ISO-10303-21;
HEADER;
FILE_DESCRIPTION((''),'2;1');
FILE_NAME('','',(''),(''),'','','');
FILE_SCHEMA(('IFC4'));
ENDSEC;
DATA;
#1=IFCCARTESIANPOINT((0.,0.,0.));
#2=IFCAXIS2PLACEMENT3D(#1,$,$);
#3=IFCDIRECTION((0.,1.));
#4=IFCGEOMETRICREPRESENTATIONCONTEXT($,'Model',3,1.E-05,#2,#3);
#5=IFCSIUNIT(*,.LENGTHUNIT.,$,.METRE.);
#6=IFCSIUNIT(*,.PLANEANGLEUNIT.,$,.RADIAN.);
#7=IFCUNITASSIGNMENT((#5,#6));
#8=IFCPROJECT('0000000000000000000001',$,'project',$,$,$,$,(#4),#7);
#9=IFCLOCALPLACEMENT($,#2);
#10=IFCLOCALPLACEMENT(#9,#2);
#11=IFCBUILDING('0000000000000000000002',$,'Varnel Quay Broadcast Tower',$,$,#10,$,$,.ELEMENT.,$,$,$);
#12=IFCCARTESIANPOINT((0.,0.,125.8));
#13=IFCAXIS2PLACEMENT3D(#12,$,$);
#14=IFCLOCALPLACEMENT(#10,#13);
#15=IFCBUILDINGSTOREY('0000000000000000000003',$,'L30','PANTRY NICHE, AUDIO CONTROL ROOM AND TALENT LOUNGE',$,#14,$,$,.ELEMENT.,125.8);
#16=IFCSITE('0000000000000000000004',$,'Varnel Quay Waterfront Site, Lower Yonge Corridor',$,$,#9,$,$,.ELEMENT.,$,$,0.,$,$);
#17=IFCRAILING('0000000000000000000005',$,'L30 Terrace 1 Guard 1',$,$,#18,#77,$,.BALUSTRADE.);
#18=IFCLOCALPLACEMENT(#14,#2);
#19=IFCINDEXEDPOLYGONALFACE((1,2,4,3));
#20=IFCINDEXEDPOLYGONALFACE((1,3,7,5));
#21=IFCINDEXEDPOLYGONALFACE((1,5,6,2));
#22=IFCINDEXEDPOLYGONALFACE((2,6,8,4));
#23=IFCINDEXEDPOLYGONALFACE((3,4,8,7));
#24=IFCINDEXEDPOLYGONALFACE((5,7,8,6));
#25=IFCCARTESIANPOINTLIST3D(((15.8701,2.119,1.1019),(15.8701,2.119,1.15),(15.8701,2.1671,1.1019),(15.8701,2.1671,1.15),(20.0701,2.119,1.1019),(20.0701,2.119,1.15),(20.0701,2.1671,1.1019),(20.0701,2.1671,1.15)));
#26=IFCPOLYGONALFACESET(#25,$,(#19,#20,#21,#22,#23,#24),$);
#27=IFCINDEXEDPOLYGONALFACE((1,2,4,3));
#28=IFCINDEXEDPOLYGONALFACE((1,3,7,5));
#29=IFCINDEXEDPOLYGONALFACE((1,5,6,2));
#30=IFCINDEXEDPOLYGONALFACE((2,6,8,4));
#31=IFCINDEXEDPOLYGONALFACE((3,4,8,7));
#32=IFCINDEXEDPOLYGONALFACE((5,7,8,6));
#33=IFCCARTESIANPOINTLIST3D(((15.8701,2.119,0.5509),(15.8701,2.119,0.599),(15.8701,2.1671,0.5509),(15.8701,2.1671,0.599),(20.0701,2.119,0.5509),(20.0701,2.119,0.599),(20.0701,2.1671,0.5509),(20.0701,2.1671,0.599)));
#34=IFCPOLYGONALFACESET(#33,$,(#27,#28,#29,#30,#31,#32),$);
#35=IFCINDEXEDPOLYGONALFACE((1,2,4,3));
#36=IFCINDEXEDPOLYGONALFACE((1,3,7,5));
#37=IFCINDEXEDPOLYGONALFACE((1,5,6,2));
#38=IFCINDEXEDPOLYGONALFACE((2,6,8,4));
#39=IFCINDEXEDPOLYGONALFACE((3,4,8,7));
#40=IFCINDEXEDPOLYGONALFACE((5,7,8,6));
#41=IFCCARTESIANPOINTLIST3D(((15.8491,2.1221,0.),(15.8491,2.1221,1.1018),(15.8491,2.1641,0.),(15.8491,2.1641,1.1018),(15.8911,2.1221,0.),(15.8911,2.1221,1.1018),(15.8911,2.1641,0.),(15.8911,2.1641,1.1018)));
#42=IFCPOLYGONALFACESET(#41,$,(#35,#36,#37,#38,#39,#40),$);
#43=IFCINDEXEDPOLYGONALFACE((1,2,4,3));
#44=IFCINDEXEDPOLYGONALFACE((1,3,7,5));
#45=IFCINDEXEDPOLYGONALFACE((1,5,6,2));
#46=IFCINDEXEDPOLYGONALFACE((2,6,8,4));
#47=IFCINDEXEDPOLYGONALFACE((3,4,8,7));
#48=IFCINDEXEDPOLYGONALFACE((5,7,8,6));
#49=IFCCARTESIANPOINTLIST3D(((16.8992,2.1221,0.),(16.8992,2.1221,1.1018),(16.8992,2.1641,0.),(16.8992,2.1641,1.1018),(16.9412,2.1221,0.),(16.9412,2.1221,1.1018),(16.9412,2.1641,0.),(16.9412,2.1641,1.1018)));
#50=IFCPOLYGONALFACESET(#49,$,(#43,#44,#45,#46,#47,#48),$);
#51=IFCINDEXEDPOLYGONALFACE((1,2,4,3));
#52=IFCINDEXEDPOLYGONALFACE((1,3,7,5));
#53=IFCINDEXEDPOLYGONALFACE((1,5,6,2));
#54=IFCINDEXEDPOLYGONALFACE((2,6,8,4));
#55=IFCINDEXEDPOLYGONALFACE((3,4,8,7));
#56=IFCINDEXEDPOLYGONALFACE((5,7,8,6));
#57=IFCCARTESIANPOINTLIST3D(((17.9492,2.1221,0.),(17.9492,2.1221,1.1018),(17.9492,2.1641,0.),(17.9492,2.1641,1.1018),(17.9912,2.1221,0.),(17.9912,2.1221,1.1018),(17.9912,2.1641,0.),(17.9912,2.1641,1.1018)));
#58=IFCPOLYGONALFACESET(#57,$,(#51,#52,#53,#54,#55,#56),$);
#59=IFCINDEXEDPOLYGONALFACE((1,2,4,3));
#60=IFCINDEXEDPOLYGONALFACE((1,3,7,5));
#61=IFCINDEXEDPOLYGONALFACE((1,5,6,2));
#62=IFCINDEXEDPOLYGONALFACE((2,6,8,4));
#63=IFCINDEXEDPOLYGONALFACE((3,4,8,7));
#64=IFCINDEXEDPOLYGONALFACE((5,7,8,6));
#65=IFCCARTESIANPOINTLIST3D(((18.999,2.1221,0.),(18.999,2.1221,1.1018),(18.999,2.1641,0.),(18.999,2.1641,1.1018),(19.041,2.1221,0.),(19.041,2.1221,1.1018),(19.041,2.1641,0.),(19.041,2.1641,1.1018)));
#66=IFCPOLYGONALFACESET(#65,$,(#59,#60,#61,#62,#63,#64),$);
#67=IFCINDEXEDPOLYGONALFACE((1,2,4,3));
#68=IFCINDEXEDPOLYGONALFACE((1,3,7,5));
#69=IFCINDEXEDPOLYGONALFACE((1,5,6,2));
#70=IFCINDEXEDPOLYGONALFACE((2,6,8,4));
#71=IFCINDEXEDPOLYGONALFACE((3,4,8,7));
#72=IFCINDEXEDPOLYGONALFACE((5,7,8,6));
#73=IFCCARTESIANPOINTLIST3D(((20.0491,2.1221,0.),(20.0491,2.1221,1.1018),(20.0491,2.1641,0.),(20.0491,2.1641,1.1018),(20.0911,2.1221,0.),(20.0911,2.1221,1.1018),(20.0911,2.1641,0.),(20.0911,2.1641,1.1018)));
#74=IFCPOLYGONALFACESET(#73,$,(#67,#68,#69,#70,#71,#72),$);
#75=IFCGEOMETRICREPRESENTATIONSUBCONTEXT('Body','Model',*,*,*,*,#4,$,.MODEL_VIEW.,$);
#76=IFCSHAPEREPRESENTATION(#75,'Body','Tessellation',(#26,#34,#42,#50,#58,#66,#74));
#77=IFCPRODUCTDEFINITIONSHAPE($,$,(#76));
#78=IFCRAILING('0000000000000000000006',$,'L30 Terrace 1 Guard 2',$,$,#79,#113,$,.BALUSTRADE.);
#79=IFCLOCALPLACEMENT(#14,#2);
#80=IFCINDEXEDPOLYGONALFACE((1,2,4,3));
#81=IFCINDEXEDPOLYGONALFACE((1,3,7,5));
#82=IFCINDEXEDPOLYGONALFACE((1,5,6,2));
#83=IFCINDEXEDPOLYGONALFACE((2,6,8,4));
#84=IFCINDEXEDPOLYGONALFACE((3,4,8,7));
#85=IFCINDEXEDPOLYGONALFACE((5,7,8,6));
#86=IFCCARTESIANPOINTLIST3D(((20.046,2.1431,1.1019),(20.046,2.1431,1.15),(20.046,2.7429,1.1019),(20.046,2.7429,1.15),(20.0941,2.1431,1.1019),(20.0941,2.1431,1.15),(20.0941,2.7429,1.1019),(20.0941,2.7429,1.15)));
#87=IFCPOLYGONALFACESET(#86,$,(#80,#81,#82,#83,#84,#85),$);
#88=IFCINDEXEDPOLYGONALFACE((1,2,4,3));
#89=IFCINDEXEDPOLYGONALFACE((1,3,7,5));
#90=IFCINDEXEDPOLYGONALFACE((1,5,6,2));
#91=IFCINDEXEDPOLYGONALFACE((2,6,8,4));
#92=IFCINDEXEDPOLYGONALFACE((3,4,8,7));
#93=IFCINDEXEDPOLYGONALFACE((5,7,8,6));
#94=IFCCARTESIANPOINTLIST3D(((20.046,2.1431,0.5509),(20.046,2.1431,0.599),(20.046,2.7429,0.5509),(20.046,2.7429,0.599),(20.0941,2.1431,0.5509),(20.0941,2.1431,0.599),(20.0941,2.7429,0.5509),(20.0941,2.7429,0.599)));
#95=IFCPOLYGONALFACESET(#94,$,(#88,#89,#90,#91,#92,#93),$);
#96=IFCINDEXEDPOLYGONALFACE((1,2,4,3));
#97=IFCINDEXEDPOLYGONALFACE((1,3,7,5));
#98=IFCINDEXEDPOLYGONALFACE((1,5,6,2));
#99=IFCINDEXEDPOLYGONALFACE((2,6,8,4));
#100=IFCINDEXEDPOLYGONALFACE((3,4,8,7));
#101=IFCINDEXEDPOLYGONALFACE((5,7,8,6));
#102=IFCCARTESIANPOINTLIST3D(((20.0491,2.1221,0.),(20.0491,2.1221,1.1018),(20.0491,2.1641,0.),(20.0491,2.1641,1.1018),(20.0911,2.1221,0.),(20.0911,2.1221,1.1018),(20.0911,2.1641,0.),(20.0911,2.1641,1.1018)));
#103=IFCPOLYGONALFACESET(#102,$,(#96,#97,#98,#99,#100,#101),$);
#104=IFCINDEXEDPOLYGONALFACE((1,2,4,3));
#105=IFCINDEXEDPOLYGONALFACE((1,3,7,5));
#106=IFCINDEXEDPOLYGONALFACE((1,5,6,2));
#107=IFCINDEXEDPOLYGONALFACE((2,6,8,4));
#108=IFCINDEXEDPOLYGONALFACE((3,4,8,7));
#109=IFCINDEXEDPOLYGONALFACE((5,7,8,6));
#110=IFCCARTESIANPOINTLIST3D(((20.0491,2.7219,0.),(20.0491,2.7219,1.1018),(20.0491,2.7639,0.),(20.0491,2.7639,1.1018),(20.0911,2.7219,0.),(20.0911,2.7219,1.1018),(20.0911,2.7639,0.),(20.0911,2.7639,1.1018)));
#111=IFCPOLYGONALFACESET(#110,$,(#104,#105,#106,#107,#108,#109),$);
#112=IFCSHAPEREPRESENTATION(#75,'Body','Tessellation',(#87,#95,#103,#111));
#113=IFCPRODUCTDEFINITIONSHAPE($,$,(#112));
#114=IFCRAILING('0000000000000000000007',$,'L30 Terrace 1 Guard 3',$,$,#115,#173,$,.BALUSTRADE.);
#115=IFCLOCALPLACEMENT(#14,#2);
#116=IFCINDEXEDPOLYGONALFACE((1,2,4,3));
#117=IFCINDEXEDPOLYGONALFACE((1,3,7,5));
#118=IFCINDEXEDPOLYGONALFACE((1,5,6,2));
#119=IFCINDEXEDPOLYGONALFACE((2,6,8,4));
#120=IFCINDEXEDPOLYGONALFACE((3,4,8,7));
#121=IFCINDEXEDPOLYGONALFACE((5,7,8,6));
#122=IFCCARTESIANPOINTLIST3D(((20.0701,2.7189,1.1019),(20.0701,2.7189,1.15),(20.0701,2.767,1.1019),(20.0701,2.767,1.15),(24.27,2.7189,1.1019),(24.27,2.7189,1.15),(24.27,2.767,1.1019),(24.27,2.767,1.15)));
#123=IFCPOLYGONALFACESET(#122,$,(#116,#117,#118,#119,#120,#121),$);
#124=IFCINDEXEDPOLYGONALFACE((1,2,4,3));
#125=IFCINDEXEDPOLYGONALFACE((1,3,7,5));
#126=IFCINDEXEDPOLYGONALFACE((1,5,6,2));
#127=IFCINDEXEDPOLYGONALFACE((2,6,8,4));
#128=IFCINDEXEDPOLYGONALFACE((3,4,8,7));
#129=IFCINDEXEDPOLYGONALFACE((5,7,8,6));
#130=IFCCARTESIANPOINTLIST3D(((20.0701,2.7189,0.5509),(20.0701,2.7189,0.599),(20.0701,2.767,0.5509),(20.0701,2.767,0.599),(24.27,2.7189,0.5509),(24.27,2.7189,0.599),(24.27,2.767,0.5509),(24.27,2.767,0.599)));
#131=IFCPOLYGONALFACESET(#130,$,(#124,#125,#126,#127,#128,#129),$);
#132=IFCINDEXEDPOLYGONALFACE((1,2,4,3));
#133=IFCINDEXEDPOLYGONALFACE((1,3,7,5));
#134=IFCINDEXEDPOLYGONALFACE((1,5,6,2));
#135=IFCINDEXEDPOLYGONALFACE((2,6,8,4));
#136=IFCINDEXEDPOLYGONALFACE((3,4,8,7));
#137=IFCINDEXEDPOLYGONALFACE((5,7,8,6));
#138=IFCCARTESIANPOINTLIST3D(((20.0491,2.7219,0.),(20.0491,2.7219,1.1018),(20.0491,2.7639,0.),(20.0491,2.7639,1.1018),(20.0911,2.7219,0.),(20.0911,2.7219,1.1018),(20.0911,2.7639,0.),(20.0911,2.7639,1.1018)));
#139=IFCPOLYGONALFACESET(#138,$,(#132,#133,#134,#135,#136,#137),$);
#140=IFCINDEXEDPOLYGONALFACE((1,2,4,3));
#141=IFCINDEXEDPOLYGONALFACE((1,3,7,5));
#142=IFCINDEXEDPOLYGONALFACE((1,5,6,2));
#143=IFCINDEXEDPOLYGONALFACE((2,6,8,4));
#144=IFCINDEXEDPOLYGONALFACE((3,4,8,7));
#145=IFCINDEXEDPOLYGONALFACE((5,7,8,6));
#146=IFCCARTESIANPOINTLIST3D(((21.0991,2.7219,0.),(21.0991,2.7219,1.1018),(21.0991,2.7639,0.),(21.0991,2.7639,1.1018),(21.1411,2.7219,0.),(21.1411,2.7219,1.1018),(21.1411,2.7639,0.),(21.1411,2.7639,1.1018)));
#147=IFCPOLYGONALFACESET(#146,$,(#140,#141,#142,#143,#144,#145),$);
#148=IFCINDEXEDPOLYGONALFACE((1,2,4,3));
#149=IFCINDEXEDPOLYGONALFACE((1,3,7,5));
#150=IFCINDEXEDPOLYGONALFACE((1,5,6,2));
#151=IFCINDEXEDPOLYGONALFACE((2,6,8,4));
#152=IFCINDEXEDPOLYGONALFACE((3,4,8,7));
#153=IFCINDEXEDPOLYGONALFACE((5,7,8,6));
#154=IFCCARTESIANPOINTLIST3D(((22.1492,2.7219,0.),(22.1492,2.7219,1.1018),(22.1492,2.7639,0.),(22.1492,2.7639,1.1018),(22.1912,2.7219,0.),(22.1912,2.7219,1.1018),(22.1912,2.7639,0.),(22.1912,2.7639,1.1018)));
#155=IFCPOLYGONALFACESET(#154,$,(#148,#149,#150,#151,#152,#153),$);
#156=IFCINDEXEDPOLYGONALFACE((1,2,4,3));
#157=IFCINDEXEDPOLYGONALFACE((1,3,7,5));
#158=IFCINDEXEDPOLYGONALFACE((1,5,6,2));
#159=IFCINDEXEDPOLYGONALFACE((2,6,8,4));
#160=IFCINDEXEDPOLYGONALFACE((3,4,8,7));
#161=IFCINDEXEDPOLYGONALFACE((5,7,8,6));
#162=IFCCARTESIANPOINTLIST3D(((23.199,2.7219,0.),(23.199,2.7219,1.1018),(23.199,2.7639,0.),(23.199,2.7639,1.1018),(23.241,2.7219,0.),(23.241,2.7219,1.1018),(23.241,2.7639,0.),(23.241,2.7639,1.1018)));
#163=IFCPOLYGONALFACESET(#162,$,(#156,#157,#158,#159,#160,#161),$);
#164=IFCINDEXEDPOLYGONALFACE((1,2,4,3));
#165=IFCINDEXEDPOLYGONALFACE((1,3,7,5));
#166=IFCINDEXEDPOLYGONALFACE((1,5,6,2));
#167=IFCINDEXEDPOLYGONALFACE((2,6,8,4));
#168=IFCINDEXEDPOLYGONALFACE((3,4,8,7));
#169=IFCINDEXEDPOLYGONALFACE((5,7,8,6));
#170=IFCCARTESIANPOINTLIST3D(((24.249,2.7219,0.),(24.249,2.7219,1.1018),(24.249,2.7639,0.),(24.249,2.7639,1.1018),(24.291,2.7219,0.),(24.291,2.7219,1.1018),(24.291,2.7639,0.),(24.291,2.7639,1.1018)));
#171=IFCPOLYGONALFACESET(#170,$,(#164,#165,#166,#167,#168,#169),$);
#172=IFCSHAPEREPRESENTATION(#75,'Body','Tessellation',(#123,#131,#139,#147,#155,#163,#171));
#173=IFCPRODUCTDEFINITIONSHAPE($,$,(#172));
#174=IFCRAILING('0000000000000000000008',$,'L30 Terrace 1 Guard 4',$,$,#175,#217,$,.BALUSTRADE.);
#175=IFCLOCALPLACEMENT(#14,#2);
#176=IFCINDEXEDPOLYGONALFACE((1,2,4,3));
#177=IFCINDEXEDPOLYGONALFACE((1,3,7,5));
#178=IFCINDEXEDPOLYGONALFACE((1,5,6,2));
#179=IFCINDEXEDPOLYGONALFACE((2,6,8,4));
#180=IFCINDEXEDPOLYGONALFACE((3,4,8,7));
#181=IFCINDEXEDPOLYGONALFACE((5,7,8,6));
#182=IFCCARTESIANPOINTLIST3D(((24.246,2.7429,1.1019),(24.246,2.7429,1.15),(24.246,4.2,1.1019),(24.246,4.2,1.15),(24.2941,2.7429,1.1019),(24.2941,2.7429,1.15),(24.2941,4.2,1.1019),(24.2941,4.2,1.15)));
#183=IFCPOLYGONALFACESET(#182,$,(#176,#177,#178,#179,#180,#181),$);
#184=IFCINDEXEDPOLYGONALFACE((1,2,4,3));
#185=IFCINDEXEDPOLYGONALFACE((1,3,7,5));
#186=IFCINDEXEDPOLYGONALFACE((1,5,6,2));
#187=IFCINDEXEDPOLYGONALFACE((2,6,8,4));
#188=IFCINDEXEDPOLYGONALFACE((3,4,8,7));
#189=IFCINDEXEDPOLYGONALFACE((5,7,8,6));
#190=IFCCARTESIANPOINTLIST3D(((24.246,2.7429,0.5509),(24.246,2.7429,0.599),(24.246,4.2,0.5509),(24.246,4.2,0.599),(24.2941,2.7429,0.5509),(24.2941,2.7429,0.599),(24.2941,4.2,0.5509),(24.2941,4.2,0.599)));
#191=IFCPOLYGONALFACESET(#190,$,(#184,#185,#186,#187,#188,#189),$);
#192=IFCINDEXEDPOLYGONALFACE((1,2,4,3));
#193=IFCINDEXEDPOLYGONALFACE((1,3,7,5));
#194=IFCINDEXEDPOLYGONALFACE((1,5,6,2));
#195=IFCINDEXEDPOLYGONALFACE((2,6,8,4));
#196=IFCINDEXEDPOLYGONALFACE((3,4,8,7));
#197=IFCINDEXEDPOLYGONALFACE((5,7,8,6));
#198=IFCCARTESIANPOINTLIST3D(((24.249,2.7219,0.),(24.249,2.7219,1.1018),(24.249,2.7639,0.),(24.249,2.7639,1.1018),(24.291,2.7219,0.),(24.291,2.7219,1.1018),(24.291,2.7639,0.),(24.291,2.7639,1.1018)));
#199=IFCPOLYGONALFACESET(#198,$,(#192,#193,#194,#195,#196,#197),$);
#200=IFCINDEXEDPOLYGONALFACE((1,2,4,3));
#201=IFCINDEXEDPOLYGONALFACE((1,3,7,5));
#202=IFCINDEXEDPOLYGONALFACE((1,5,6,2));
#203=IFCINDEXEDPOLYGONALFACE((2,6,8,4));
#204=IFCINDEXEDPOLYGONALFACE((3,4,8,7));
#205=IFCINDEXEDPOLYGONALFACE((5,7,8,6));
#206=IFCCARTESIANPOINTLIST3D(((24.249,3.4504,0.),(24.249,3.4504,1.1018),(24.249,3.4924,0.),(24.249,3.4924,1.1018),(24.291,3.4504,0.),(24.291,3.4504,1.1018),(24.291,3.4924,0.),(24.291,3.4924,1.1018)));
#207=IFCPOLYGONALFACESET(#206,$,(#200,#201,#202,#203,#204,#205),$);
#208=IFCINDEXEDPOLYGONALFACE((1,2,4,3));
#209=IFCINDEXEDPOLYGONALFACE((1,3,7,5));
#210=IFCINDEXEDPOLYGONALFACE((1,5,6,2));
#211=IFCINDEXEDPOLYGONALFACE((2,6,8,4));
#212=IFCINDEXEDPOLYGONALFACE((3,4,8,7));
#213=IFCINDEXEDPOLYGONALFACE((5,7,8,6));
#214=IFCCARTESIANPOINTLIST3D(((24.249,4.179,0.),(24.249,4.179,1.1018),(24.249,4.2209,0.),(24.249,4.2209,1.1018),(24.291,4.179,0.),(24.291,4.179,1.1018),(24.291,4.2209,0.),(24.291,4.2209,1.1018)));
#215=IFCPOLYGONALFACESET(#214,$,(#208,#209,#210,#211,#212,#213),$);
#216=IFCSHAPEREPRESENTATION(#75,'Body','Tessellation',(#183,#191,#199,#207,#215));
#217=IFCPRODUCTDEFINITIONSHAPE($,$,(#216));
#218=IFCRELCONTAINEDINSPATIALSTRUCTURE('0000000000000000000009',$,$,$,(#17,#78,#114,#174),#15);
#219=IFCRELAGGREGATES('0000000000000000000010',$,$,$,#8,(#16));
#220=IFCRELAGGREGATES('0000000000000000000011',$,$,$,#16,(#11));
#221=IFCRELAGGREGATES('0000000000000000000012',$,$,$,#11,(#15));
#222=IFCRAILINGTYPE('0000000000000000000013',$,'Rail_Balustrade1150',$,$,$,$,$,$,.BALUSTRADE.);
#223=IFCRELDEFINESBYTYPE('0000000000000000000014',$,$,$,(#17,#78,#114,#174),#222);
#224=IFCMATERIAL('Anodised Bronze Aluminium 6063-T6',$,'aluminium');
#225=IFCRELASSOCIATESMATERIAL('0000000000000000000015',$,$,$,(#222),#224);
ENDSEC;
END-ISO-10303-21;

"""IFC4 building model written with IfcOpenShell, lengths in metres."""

from ifc_helpers import new_model, si_unit, direction, frame, origin, origin_2d, place, context, subcontext, project, spatial, rectangle, extrude, material, type_object, element, save


model = new_model("IFC4")

# Units and contexts
model_context = context("Model", 3, precision=1e-05, world=origin(), true_north=direction((0.0, 1.0)))
body_context = subcontext(model_context, "Body", "Model", "MODEL_VIEW")
ifc_project = project(units=[si_unit("LENGTHUNIT", "METRE"), si_unit("PLANEANGLEUNIT", "RADIAN")], contexts=[model_context])

# Site, building, storey
site_placement = place(None, origin())
site = spatial("IfcSite", under=ifc_project, at=site_placement, Name="Varnel Quay Waterfront Site, Lower Yonge Corridor", CompositionType="ELEMENT", RefElevation=0.0)
building_placement = place(site_placement, origin())
building = spatial("IfcBuilding", under=site, at=building_placement, Name="Varnel Quay Broadcast Tower", CompositionType="ELEMENT")
storey_placement = place(building_placement, frame((0.0, 0.0, 125.8)))
storey = spatial("IfcBuildingStorey", under=building, at=storey_placement, Name="L30", Description="PANTRY NICHE, AUDIO CONTROL ROOM AND TALENT LOUNGE", CompositionType="ELEMENT", Elevation=125.8)

# Shared definitions
ifc_material_1 = material(Name="Anodised Bronze Aluminium 6063-T6", Category="aluminium")

# Railings
railing_type = type_object("IfcRailingType", Name="Rail_Balustrade1150", PredefinedType="BALUSTRADE", material=ifc_material_1)
railing_1_placement = place(storey_placement, frame((15.8701, 2.1431, 0.0)))
element("IfcRailing", 1, at=railing_1_placement, inside=storey, type_object=railing_type, Name="L30 Terrace 1 Guard 1", PredefinedType="BALUSTRADE", context=body_context, shape_type="SweptSolid", body=[
    extrude(rectangle(XDim=0.0481, YDim=0.0481, at=origin_2d()), frame((0.0, 0.0, 1.126), z_axis=(1.0, 0.0, 0.0), x_axis=(0.0, 1.0, 0.0)), (0.0, 0.0, 1.0), 4.2),
    extrude(rectangle(XDim=0.0481, YDim=0.0481, at=origin_2d()), frame((0.0, 0.0, 0.575), z_axis=(1.0, 0.0, 0.0), x_axis=(0.0, 1.0, 0.0)), (0.0, 0.0, 1.0), 4.2),
    extrude(rectangle(XDim=0.042, YDim=0.042, at=origin_2d()), origin(), (0.0, 0.0, 1.0), 1.1018),
    extrude(rectangle(XDim=0.042, YDim=0.042, at=origin_2d()), frame((1.05, 0.0, 0.0)), (0.0, 0.0, 1.0), 1.1018),
    extrude(rectangle(XDim=0.042, YDim=0.042, at=origin_2d()), frame((2.1001, 0.0, 0.0)), (0.0, 0.0, 1.0), 1.1018),
    extrude(rectangle(XDim=0.042, YDim=0.042, at=origin_2d()), frame((3.1499, 0.0, 0.0)), (0.0, 0.0, 1.0), 1.1018),
    extrude(rectangle(XDim=0.042, YDim=0.042, at=origin_2d()), frame((4.2, 0.0, 0.0)), (0.0, 0.0, 1.0), 1.1018),
])
railing_2_placement = place(storey_placement, frame((20.0701, 2.1431, 0.0)))
element("IfcRailing", 2, at=railing_2_placement, inside=storey, type_object=railing_type, Name="L30 Terrace 1 Guard 2", PredefinedType="BALUSTRADE", context=body_context, shape_type="SweptSolid", body=[
    extrude(rectangle(XDim=0.0481, YDim=0.0481, at=origin_2d()), frame((0.0, 0.0, 1.126), z_axis=(0.0, 1.0, 0.0), x_axis=(-1.0, 0.0, 0.0)), (0.0, 0.0, 1.0), 0.5999),
    extrude(rectangle(XDim=0.0481, YDim=0.0481, at=origin_2d()), frame((0.0, 0.0, 0.575), z_axis=(0.0, 1.0, 0.0), x_axis=(-1.0, 0.0, 0.0)), (0.0, 0.0, 1.0), 0.5999),
    extrude(rectangle(XDim=0.042, YDim=0.042, at=origin_2d()), origin(), (0.0, 0.0, 1.0), 1.1018),
    extrude(rectangle(XDim=0.042, YDim=0.042, at=origin_2d()), frame((0.0, 0.5999, 0.0)), (0.0, 0.0, 1.0), 1.1018),
])
railing_3_placement = place(storey_placement, frame((20.0701, 2.7429, 0.0)))
element("IfcRailing", 3, at=railing_3_placement, inside=storey, type_object=railing_type, Name="L30 Terrace 1 Guard 3", PredefinedType="BALUSTRADE", context=body_context, shape_type="SweptSolid", body=[
    extrude(rectangle(XDim=0.0481, YDim=0.0481, at=origin_2d()), frame((0.0, 0.0, 1.126), z_axis=(1.0, 0.0, 0.0), x_axis=(0.0, 1.0, 0.0)), (0.0, 0.0, 1.0), 4.2),
    extrude(rectangle(XDim=0.0481, YDim=0.0481, at=origin_2d()), frame((0.0, 0.0, 0.575), z_axis=(1.0, 0.0, 0.0), x_axis=(0.0, 1.0, 0.0)), (0.0, 0.0, 1.0), 4.2),
    extrude(rectangle(XDim=0.042, YDim=0.042, at=origin_2d()), origin(), (0.0, 0.0, 1.0), 1.1018),
    extrude(rectangle(XDim=0.042, YDim=0.042, at=origin_2d()), frame((1.05, 0.0, 0.0)), (0.0, 0.0, 1.0), 1.1018),
    extrude(rectangle(XDim=0.042, YDim=0.042, at=origin_2d()), frame((2.1001, 0.0, 0.0)), (0.0, 0.0, 1.0), 1.1018),
    extrude(rectangle(XDim=0.042, YDim=0.042, at=origin_2d()), frame((3.1499, 0.0, 0.0)), (0.0, 0.0, 1.0), 1.1018),
    extrude(rectangle(XDim=0.042, YDim=0.042, at=origin_2d()), frame((4.2, 0.0, 0.0)), (0.0, 0.0, 1.0), 1.1018),
])
railing_4_placement = place(storey_placement, frame((24.27, 2.7429, 0.0)))
element("IfcRailing", 4, at=railing_4_placement, inside=storey, type_object=railing_type, Name="L30 Terrace 1 Guard 4", PredefinedType="BALUSTRADE", context=body_context, shape_type="SweptSolid", body=[
    extrude(rectangle(XDim=0.0481, YDim=0.0481, at=origin_2d()), frame((0.0, 0.0, 1.126), z_axis=(0.0, 1.0, 0.0), x_axis=(-1.0, 0.0, 0.0)), (0.0, 0.0, 1.0), 1.457),
    extrude(rectangle(XDim=0.0481, YDim=0.0481, at=origin_2d()), frame((0.0, 0.0, 0.575), z_axis=(0.0, 1.0, 0.0), x_axis=(-1.0, 0.0, 0.0)), (0.0, 0.0, 1.0), 1.457),
    extrude(rectangle(XDim=0.042, YDim=0.042, at=origin_2d()), origin(), (0.0, 0.0, 1.0), 1.1018),
    extrude(rectangle(XDim=0.042, YDim=0.042, at=origin_2d()), frame((0.0, 0.7285, 0.0)), (0.0, 0.0, 1.0), 1.1018),
    extrude(rectangle(XDim=0.042, YDim=0.042, at=origin_2d()), frame((0.0, 1.457, 0.0)), (0.0, 0.0, 1.0), 1.1018),
])

save(model, "model.ifc")
